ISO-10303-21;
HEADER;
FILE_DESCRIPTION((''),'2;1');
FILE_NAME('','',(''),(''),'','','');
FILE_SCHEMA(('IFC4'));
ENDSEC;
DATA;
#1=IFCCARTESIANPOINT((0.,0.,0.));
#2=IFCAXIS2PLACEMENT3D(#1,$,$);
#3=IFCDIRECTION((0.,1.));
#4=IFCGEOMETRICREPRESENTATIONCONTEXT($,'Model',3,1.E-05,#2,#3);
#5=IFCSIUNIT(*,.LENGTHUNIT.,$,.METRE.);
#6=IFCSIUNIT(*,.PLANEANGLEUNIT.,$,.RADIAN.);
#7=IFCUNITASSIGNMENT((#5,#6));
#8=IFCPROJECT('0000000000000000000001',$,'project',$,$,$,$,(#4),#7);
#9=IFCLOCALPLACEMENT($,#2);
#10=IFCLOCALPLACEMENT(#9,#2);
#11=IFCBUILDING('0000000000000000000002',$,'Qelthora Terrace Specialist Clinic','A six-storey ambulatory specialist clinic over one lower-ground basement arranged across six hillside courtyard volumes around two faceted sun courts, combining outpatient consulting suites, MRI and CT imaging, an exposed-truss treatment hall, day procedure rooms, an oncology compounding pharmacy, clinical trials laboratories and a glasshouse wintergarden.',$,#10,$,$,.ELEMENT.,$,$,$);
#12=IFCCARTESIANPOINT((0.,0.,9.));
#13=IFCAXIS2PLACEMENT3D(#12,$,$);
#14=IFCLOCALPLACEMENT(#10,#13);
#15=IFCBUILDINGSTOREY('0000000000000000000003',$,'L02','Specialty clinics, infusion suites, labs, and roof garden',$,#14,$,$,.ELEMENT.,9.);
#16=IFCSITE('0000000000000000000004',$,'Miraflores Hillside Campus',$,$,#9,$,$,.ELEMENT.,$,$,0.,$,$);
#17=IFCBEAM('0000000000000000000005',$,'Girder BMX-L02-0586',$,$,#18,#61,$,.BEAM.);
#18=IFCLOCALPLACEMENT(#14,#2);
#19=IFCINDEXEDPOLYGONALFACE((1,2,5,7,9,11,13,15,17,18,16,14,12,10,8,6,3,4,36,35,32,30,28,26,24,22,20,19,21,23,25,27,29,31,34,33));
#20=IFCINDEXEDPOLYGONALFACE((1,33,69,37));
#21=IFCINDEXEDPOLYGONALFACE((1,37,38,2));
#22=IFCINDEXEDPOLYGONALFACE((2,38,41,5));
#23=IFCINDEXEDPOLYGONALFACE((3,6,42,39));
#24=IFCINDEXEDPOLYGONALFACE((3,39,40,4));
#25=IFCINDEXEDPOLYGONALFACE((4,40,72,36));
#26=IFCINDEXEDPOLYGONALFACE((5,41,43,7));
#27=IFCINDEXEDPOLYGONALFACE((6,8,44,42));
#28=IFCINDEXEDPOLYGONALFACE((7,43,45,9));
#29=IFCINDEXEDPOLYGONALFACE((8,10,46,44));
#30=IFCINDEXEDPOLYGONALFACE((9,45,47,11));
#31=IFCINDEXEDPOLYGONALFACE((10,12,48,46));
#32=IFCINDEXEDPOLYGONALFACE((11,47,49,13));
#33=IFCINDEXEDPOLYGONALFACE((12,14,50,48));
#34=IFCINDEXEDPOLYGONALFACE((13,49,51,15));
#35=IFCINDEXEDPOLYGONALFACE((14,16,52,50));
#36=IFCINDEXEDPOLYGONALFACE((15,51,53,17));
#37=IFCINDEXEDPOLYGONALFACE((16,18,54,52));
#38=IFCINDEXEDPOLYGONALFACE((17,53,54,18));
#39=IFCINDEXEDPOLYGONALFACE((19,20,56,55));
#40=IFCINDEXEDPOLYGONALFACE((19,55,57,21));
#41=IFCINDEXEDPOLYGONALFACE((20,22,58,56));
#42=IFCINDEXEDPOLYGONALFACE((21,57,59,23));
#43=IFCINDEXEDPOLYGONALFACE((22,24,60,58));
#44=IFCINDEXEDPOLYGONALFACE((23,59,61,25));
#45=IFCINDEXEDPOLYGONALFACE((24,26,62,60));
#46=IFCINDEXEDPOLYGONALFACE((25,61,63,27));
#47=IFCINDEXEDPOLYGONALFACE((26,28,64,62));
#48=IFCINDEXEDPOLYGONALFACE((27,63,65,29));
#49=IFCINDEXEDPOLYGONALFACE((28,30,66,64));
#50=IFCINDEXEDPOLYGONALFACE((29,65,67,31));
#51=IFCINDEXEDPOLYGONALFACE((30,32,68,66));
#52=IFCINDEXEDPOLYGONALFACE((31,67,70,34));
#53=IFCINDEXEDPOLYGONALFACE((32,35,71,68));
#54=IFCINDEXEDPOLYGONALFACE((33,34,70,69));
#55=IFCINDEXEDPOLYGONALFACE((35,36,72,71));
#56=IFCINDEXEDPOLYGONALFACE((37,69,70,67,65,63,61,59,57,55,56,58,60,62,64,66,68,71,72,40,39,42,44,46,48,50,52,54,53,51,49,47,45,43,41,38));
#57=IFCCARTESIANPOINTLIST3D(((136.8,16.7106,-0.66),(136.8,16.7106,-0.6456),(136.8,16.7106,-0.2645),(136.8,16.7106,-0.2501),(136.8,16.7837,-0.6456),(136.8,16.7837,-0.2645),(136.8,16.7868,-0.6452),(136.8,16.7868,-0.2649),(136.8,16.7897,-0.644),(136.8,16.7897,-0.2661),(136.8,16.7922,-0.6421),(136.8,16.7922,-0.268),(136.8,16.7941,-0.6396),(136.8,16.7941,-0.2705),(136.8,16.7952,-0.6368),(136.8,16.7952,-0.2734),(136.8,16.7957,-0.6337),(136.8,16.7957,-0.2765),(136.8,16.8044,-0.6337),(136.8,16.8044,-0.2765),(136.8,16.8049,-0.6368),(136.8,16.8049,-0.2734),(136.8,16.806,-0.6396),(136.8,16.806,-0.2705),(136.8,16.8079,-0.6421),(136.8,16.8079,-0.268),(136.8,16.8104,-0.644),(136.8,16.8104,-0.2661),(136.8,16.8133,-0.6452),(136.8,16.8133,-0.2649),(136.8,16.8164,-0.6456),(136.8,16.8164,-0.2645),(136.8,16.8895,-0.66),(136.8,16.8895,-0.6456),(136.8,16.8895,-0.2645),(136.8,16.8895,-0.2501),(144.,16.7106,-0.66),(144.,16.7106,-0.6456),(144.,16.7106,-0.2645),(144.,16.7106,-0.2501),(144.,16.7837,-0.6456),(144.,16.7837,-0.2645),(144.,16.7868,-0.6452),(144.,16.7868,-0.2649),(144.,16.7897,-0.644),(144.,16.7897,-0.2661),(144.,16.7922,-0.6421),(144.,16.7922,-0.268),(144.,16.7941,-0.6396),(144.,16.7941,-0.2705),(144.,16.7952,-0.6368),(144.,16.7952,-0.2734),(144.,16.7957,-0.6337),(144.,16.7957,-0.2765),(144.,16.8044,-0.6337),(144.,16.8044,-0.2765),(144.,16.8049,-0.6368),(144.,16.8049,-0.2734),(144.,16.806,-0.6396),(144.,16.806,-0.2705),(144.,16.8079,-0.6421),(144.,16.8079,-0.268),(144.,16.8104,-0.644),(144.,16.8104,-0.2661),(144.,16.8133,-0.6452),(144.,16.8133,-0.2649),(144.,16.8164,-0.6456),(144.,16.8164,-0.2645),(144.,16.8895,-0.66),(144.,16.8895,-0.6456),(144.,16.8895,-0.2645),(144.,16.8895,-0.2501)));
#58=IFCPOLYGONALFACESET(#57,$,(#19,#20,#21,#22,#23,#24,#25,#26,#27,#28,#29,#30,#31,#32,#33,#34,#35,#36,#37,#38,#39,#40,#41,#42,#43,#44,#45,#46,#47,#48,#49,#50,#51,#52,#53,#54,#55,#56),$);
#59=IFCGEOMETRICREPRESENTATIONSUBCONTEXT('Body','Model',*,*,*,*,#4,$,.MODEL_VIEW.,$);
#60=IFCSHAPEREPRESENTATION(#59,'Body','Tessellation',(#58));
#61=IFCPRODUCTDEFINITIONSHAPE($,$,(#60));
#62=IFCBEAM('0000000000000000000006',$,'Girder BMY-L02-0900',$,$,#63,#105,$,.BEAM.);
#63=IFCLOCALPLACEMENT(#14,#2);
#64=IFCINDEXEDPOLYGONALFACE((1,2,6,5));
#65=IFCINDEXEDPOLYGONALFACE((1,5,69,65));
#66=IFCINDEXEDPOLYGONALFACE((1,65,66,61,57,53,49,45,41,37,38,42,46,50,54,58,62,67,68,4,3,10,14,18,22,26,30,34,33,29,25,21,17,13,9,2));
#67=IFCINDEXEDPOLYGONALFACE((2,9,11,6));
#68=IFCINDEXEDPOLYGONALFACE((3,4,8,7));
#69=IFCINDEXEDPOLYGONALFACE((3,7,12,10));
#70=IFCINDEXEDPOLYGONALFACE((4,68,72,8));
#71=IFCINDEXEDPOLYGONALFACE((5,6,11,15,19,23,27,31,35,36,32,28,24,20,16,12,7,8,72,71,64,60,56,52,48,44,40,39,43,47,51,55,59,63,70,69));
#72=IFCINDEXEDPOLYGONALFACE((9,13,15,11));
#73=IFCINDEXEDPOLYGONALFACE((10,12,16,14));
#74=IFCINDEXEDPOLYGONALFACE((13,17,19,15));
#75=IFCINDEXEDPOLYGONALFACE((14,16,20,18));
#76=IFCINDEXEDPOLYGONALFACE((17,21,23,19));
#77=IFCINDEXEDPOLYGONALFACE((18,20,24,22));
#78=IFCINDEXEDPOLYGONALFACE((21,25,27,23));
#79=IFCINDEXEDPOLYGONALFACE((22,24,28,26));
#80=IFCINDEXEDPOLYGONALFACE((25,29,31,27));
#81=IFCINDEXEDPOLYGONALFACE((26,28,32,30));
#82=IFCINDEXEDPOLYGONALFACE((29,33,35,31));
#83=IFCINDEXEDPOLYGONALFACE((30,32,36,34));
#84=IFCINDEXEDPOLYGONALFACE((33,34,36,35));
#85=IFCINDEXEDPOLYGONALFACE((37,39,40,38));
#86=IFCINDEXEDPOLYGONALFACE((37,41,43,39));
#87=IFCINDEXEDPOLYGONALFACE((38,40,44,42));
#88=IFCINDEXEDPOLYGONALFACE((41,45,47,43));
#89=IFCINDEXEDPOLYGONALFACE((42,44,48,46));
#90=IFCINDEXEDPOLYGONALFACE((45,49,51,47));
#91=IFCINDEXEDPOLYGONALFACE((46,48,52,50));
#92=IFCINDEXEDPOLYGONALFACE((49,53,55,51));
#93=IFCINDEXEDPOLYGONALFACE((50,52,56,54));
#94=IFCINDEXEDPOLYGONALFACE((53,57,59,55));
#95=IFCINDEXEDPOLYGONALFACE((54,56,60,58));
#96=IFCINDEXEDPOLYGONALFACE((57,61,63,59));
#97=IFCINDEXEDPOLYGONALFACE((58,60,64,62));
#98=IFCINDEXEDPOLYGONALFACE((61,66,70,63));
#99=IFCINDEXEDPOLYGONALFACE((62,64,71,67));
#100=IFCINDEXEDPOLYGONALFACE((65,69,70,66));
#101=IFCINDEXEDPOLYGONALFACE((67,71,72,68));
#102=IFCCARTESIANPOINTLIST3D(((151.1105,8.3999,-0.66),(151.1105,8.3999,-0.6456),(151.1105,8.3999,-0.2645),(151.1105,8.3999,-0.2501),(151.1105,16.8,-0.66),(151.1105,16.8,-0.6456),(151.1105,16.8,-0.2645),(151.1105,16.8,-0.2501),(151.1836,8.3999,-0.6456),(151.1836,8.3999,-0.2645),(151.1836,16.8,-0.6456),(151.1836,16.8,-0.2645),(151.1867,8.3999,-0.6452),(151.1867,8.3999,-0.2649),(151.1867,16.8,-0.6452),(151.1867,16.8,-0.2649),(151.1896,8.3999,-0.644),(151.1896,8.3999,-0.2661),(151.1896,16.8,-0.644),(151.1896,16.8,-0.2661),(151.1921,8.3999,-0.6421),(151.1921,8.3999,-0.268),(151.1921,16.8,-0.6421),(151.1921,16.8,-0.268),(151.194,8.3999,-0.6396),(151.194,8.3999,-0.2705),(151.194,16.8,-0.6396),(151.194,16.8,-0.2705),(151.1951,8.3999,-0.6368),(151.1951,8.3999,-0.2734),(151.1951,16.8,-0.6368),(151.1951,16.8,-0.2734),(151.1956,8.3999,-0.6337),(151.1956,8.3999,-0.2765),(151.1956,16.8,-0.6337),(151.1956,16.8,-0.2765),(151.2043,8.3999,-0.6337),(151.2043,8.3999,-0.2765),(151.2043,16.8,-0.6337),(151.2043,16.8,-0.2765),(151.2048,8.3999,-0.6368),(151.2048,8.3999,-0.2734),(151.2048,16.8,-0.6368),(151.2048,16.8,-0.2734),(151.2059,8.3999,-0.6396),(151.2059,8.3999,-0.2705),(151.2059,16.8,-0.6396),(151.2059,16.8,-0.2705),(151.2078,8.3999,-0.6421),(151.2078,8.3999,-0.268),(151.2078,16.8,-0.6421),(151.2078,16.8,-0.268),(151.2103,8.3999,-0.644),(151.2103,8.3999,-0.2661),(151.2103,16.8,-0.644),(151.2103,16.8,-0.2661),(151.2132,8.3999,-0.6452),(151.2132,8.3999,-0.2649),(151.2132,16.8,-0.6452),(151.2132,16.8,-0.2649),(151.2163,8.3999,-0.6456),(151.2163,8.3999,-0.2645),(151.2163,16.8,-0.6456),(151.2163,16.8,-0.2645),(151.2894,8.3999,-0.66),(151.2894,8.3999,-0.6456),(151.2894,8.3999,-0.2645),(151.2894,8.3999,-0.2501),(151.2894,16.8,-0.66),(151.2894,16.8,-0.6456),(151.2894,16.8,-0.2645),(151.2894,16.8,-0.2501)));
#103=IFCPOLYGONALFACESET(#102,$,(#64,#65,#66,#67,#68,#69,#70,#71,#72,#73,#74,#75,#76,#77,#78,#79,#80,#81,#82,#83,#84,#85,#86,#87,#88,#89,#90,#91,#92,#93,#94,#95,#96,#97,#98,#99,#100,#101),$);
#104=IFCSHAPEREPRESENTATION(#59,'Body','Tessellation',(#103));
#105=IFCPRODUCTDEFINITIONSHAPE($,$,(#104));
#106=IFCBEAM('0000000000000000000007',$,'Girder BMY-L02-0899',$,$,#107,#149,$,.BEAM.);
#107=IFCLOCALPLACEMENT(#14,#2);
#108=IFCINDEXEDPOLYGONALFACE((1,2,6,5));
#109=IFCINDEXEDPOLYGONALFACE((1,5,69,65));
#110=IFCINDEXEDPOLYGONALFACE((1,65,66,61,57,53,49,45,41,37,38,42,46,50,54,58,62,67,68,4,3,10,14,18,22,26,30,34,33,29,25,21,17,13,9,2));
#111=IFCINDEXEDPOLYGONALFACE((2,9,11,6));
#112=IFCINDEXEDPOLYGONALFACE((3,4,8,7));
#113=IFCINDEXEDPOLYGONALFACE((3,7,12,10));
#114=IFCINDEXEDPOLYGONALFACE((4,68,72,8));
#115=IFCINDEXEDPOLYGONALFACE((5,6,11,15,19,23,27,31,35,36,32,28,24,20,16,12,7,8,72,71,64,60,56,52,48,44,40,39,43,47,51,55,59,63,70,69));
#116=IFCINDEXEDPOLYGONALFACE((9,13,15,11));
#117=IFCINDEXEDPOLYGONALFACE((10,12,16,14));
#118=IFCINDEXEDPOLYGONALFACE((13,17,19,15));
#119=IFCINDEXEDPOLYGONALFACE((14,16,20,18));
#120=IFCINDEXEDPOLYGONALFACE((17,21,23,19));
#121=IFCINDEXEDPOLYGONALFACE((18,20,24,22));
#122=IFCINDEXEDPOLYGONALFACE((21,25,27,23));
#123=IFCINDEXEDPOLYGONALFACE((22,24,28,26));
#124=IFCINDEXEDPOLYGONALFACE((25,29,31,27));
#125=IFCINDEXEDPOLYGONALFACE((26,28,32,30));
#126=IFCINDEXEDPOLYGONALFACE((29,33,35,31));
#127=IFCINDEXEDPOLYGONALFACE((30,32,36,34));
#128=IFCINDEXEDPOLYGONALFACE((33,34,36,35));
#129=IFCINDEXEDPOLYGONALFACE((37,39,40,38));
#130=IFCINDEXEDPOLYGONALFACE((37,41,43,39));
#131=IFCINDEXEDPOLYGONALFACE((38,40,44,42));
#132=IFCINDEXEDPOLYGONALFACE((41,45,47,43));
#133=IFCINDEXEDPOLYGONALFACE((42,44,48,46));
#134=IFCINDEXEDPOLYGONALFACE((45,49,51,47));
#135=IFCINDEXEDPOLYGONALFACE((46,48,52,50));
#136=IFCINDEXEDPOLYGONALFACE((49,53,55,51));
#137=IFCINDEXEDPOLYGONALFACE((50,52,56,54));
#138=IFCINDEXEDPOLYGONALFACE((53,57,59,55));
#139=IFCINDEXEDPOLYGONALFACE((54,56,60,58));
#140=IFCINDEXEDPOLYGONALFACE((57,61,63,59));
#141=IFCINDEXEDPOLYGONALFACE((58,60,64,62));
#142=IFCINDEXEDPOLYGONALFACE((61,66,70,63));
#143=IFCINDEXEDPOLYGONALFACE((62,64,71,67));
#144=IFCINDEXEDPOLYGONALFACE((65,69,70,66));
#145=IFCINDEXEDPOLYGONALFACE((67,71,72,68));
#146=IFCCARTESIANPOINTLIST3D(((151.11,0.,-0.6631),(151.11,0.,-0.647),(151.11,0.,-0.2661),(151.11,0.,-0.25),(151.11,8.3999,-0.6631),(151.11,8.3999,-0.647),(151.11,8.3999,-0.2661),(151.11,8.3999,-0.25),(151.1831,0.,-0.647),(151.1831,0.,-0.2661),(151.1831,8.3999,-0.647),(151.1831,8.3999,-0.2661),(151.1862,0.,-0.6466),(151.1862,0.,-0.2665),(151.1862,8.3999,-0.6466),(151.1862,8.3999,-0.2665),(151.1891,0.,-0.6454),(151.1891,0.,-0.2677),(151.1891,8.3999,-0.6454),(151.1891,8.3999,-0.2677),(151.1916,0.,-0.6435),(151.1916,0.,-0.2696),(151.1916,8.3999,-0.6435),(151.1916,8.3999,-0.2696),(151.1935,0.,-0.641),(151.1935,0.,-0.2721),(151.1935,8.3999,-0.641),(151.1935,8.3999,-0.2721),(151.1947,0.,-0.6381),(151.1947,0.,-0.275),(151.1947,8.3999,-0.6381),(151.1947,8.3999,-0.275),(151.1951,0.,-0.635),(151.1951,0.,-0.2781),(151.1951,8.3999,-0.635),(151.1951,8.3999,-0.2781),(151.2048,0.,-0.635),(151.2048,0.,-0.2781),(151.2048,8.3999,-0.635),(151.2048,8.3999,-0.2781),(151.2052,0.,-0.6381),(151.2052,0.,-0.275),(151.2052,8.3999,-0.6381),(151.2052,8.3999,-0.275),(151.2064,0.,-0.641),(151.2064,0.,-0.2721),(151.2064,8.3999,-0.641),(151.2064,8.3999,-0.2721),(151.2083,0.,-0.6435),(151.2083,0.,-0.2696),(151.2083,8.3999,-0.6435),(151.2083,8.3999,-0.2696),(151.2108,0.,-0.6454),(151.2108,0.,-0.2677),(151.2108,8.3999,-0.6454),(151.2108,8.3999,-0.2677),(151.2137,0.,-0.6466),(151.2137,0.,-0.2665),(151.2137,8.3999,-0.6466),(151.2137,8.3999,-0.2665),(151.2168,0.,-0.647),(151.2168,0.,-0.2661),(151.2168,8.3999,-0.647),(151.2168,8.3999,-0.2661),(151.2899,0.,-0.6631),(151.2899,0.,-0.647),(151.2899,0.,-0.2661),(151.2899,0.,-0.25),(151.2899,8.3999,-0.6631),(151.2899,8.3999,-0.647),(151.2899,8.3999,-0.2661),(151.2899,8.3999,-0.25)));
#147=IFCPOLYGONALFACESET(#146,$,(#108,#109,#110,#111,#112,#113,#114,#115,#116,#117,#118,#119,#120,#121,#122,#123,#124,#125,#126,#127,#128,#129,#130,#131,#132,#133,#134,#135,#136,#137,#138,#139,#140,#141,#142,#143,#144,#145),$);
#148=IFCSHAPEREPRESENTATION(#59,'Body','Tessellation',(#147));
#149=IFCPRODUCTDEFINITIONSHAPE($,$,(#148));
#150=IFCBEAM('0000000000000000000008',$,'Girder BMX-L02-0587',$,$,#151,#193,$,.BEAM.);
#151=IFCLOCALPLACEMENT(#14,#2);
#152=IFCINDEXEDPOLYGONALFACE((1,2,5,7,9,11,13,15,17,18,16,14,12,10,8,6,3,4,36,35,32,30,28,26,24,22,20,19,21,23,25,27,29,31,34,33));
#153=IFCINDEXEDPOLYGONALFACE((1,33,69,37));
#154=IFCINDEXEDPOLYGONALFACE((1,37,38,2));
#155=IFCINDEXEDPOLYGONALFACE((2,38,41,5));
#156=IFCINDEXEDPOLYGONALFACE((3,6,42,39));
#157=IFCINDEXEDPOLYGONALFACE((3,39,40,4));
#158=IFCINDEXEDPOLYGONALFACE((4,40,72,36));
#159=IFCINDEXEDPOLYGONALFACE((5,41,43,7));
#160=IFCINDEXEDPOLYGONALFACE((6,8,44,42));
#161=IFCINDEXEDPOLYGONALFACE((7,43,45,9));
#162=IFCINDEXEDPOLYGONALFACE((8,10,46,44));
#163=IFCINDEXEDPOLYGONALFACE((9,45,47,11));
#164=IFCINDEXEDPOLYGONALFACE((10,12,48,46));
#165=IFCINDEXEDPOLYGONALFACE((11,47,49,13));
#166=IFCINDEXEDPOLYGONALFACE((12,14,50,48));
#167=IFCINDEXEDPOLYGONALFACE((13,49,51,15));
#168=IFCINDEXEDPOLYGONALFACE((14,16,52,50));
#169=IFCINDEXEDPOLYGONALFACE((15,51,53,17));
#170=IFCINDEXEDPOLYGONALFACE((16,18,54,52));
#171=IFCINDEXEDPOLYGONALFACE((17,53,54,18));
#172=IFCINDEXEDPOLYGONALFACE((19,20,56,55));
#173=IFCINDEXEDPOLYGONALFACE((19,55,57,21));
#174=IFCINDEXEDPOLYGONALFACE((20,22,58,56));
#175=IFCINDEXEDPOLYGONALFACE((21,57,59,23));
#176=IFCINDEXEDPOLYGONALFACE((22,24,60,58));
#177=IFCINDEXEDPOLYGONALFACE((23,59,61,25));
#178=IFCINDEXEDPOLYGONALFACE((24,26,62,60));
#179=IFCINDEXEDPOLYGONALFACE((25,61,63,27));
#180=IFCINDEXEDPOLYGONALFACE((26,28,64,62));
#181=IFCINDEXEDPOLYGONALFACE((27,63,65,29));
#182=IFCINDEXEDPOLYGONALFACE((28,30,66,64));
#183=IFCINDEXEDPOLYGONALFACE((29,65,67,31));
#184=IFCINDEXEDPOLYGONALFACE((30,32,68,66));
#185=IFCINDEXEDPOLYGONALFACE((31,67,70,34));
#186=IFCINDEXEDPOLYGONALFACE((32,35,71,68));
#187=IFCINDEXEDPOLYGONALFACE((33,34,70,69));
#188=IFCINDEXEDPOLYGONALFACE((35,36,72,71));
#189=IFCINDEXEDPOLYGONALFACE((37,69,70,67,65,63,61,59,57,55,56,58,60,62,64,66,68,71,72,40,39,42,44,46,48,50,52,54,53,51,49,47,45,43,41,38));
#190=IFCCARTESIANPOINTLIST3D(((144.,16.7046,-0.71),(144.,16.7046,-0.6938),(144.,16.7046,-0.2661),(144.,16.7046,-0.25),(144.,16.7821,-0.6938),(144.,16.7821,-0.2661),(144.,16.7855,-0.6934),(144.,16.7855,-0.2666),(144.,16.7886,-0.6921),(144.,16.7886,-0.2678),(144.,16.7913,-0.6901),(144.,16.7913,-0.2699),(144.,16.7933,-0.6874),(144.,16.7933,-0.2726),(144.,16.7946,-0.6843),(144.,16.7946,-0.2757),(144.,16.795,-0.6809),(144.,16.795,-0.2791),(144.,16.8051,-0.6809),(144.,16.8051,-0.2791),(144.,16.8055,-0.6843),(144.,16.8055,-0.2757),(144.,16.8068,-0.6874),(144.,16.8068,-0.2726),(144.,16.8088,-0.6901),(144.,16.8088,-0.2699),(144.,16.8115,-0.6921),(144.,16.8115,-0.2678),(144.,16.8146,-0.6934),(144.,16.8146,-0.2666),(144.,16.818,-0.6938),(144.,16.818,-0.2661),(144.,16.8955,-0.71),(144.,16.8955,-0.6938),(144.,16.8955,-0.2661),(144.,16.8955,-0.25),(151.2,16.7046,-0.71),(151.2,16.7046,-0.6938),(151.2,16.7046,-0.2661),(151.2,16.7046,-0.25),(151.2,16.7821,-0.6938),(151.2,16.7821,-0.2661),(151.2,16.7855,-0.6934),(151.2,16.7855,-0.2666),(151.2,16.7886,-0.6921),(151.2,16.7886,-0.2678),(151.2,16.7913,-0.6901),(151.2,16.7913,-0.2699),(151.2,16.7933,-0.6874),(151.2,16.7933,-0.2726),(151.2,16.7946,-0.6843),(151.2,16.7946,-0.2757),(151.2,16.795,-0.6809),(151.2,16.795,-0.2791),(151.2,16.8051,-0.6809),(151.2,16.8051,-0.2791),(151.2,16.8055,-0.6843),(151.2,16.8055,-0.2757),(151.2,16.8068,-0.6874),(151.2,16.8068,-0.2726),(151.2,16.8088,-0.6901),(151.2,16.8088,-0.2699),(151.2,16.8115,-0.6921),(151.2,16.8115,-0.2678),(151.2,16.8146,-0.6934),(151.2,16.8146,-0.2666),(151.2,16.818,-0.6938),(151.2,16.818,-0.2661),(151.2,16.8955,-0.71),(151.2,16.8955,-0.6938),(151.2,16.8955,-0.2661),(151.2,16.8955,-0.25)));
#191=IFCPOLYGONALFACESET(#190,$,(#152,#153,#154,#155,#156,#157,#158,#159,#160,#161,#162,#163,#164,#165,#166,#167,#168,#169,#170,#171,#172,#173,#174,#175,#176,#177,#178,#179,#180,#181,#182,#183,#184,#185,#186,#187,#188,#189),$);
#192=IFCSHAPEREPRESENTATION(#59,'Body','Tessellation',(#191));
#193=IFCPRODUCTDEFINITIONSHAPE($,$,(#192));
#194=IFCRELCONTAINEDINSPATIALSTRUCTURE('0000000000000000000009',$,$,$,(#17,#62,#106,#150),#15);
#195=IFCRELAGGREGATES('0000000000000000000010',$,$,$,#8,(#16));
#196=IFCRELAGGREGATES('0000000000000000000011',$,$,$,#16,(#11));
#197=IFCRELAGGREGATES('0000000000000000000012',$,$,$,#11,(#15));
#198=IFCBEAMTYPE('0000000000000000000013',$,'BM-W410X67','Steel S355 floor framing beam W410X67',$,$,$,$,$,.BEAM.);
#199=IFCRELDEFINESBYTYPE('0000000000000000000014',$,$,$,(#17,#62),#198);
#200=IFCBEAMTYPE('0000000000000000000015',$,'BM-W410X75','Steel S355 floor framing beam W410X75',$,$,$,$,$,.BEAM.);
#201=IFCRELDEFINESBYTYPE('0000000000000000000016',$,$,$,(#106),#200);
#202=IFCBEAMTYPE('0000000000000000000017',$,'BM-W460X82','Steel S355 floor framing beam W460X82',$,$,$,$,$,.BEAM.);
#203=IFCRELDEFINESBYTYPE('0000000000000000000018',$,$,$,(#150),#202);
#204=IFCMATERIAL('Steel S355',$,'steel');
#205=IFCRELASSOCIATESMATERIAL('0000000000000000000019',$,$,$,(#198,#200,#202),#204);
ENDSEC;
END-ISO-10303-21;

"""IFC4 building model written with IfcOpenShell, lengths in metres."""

from ifc_helpers import new_model, si_unit, direction, frame, origin, origin_2d, place, context, subcontext, project, spatial, i_section, extrude, material, material_profile, profile_set, type_object, element, save


model = new_model("IFC4")

# Units and contexts
model_context = context("Model", 3, precision=1e-05, world=origin(), true_north=direction((0.0, 1.0)))
body_context = subcontext(model_context, "Body", "Model", "MODEL_VIEW")
ifc_project = project(units=[si_unit("LENGTHUNIT", "METRE"), si_unit("PLANEANGLEUNIT", "RADIAN")], contexts=[model_context])

# Site, building, storey
site_placement = place(None, origin())
site = spatial("IfcSite", under=ifc_project, at=site_placement, Name="Miraflores Hillside Campus", CompositionType="ELEMENT", RefElevation=0.0)
building_placement = place(site_placement, origin())
building = spatial("IfcBuilding", under=site, at=building_placement, Name="Qelthora Terrace Specialist Clinic", Description="A six-storey ambulatory specialist clinic over one lower-ground basement arranged across six hillside courtyard volumes around two faceted sun courts, combining outpatient consulting suites, MRI and CT imaging, an exposed-truss treatment hall, day procedure rooms, an oncology compounding pharmacy, clinical trials laboratories and a glasshouse wintergarden.", CompositionType="ELEMENT")
storey_placement = place(building_placement, frame((0.0, 0.0, 9.0)))
storey = spatial("IfcBuildingStorey", under=building, at=storey_placement, Name="L02", Description="Specialty clinics, infusion suites, labs, and roof garden", CompositionType="ELEMENT", Elevation=9.0)

# Beams
ifc_material_1 = material(Name="Steel S355", Category="steel")
ifc_material_profile_1 = material_profile(ifc_material_1, i_section(OverallWidth=0.179, OverallDepth=0.4099, WebThickness=0.0088, FlangeThickness=0.0144, FilletRadius=0.012, at=origin_2d()), Name="W410X67")
ifc_profile_set_1 = profile_set([ifc_material_profile_1], Name="Steel S355")
beam_type_1 = type_object("IfcBeamType", Name="BM-W410X67", Description="Steel S355 floor framing beam W410X67", PredefinedType="BEAM", material=ifc_profile_set_1)
beam_1_placement = place(storey_placement, frame((136.8, 16.8, -0.4551), z_axis=(1.0, 0.0, 0.0), x_axis=(0.0, 1.0, 0.0)))
element("IfcBeam", 1, at=beam_1_placement, inside=storey, type_object=beam_type_1, Name="Girder BMX-L02-0586", PredefinedType="BEAM", context=body_context, shape_type="SweptSolid", body=[
    extrude(i_section(OverallWidth=0.179, OverallDepth=0.4099, WebThickness=0.0088, FlangeThickness=0.0144, FilletRadius=0.012, at=origin_2d()), origin(), (0.0, 0.0, 1.0), 7.2),
])
beam_2_placement = place(storey_placement, frame((151.2, 8.3999, -0.4551), z_axis=(0.0, 1.0, 0.0), x_axis=(-1.0, 0.0, 0.0)))
element("IfcBeam", 2, at=beam_2_placement, inside=storey, type_object=beam_type_1, Name="Girder BMY-L02-0900", PredefinedType="BEAM", context=body_context, shape_type="SweptSolid", body=[
    extrude(i_section(OverallWidth=0.179, OverallDepth=0.4099, WebThickness=0.0088, FlangeThickness=0.0144, FilletRadius=0.012, at=origin_2d()), origin(), (0.0, 0.0, 1.0), 8.4001),
])
ifc_material_profile_2 = material_profile(ifc_material_1, i_section(OverallWidth=0.1799, OverallDepth=0.4131, WebThickness=0.0098, FlangeThickness=0.0161, FilletRadius=0.012, at=origin_2d()), Name="W410X75")
ifc_profile_set_2 = profile_set([ifc_material_profile_2], Name="Steel S355")
beam_type_2 = type_object("IfcBeamType", Name="BM-W410X75", Description="Steel S355 floor framing beam W410X75", PredefinedType="BEAM", material=ifc_profile_set_2)
beam_3_placement = place(storey_placement, frame((151.2, 0.0, -0.4565), z_axis=(0.0, 1.0, 0.0), x_axis=(-1.0, 0.0, 0.0)))
element("IfcBeam", 3, at=beam_3_placement, inside=storey, type_object=beam_type_2, Name="Girder BMY-L02-0899", PredefinedType="BEAM", context=body_context, shape_type="SweptSolid", body=[
    extrude(i_section(OverallWidth=0.1799, OverallDepth=0.4131, WebThickness=0.0098, FlangeThickness=0.0161, FilletRadius=0.012, at=origin_2d()), origin(), (0.0, 0.0, 1.0), 8.3999),
])
ifc_material_profile_3 = material_profile(ifc_material_1, i_section(OverallWidth=0.1909, OverallDepth=0.46, WebThickness=0.01, FlangeThickness=0.0161, FilletRadius=0.0129, at=origin_2d()), Name="W460X82")
ifc_profile_set_3 = profile_set([ifc_material_profile_3], Name="Steel S355")
beam_type_3 = type_object("IfcBeamType", Name="BM-W460X82", Description="Steel S355 floor framing beam W460X82", PredefinedType="BEAM", material=ifc_profile_set_3)
beam_4_placement = place(storey_placement, frame((144.0, 16.8, -0.48), z_axis=(1.0, 0.0, 0.0), x_axis=(0.0, 1.0, 0.0)))
element("IfcBeam", 4, at=beam_4_placement, inside=storey, type_object=beam_type_3, Name="Girder BMX-L02-0587", PredefinedType="BEAM", context=body_context, shape_type="SweptSolid", body=[
    extrude(i_section(OverallWidth=0.1909, OverallDepth=0.46, WebThickness=0.01, FlangeThickness=0.0161, FilletRadius=0.0129, at=origin_2d()), origin(), (0.0, 0.0, 1.0), 7.2),
])

save(model, "model.ifc")
